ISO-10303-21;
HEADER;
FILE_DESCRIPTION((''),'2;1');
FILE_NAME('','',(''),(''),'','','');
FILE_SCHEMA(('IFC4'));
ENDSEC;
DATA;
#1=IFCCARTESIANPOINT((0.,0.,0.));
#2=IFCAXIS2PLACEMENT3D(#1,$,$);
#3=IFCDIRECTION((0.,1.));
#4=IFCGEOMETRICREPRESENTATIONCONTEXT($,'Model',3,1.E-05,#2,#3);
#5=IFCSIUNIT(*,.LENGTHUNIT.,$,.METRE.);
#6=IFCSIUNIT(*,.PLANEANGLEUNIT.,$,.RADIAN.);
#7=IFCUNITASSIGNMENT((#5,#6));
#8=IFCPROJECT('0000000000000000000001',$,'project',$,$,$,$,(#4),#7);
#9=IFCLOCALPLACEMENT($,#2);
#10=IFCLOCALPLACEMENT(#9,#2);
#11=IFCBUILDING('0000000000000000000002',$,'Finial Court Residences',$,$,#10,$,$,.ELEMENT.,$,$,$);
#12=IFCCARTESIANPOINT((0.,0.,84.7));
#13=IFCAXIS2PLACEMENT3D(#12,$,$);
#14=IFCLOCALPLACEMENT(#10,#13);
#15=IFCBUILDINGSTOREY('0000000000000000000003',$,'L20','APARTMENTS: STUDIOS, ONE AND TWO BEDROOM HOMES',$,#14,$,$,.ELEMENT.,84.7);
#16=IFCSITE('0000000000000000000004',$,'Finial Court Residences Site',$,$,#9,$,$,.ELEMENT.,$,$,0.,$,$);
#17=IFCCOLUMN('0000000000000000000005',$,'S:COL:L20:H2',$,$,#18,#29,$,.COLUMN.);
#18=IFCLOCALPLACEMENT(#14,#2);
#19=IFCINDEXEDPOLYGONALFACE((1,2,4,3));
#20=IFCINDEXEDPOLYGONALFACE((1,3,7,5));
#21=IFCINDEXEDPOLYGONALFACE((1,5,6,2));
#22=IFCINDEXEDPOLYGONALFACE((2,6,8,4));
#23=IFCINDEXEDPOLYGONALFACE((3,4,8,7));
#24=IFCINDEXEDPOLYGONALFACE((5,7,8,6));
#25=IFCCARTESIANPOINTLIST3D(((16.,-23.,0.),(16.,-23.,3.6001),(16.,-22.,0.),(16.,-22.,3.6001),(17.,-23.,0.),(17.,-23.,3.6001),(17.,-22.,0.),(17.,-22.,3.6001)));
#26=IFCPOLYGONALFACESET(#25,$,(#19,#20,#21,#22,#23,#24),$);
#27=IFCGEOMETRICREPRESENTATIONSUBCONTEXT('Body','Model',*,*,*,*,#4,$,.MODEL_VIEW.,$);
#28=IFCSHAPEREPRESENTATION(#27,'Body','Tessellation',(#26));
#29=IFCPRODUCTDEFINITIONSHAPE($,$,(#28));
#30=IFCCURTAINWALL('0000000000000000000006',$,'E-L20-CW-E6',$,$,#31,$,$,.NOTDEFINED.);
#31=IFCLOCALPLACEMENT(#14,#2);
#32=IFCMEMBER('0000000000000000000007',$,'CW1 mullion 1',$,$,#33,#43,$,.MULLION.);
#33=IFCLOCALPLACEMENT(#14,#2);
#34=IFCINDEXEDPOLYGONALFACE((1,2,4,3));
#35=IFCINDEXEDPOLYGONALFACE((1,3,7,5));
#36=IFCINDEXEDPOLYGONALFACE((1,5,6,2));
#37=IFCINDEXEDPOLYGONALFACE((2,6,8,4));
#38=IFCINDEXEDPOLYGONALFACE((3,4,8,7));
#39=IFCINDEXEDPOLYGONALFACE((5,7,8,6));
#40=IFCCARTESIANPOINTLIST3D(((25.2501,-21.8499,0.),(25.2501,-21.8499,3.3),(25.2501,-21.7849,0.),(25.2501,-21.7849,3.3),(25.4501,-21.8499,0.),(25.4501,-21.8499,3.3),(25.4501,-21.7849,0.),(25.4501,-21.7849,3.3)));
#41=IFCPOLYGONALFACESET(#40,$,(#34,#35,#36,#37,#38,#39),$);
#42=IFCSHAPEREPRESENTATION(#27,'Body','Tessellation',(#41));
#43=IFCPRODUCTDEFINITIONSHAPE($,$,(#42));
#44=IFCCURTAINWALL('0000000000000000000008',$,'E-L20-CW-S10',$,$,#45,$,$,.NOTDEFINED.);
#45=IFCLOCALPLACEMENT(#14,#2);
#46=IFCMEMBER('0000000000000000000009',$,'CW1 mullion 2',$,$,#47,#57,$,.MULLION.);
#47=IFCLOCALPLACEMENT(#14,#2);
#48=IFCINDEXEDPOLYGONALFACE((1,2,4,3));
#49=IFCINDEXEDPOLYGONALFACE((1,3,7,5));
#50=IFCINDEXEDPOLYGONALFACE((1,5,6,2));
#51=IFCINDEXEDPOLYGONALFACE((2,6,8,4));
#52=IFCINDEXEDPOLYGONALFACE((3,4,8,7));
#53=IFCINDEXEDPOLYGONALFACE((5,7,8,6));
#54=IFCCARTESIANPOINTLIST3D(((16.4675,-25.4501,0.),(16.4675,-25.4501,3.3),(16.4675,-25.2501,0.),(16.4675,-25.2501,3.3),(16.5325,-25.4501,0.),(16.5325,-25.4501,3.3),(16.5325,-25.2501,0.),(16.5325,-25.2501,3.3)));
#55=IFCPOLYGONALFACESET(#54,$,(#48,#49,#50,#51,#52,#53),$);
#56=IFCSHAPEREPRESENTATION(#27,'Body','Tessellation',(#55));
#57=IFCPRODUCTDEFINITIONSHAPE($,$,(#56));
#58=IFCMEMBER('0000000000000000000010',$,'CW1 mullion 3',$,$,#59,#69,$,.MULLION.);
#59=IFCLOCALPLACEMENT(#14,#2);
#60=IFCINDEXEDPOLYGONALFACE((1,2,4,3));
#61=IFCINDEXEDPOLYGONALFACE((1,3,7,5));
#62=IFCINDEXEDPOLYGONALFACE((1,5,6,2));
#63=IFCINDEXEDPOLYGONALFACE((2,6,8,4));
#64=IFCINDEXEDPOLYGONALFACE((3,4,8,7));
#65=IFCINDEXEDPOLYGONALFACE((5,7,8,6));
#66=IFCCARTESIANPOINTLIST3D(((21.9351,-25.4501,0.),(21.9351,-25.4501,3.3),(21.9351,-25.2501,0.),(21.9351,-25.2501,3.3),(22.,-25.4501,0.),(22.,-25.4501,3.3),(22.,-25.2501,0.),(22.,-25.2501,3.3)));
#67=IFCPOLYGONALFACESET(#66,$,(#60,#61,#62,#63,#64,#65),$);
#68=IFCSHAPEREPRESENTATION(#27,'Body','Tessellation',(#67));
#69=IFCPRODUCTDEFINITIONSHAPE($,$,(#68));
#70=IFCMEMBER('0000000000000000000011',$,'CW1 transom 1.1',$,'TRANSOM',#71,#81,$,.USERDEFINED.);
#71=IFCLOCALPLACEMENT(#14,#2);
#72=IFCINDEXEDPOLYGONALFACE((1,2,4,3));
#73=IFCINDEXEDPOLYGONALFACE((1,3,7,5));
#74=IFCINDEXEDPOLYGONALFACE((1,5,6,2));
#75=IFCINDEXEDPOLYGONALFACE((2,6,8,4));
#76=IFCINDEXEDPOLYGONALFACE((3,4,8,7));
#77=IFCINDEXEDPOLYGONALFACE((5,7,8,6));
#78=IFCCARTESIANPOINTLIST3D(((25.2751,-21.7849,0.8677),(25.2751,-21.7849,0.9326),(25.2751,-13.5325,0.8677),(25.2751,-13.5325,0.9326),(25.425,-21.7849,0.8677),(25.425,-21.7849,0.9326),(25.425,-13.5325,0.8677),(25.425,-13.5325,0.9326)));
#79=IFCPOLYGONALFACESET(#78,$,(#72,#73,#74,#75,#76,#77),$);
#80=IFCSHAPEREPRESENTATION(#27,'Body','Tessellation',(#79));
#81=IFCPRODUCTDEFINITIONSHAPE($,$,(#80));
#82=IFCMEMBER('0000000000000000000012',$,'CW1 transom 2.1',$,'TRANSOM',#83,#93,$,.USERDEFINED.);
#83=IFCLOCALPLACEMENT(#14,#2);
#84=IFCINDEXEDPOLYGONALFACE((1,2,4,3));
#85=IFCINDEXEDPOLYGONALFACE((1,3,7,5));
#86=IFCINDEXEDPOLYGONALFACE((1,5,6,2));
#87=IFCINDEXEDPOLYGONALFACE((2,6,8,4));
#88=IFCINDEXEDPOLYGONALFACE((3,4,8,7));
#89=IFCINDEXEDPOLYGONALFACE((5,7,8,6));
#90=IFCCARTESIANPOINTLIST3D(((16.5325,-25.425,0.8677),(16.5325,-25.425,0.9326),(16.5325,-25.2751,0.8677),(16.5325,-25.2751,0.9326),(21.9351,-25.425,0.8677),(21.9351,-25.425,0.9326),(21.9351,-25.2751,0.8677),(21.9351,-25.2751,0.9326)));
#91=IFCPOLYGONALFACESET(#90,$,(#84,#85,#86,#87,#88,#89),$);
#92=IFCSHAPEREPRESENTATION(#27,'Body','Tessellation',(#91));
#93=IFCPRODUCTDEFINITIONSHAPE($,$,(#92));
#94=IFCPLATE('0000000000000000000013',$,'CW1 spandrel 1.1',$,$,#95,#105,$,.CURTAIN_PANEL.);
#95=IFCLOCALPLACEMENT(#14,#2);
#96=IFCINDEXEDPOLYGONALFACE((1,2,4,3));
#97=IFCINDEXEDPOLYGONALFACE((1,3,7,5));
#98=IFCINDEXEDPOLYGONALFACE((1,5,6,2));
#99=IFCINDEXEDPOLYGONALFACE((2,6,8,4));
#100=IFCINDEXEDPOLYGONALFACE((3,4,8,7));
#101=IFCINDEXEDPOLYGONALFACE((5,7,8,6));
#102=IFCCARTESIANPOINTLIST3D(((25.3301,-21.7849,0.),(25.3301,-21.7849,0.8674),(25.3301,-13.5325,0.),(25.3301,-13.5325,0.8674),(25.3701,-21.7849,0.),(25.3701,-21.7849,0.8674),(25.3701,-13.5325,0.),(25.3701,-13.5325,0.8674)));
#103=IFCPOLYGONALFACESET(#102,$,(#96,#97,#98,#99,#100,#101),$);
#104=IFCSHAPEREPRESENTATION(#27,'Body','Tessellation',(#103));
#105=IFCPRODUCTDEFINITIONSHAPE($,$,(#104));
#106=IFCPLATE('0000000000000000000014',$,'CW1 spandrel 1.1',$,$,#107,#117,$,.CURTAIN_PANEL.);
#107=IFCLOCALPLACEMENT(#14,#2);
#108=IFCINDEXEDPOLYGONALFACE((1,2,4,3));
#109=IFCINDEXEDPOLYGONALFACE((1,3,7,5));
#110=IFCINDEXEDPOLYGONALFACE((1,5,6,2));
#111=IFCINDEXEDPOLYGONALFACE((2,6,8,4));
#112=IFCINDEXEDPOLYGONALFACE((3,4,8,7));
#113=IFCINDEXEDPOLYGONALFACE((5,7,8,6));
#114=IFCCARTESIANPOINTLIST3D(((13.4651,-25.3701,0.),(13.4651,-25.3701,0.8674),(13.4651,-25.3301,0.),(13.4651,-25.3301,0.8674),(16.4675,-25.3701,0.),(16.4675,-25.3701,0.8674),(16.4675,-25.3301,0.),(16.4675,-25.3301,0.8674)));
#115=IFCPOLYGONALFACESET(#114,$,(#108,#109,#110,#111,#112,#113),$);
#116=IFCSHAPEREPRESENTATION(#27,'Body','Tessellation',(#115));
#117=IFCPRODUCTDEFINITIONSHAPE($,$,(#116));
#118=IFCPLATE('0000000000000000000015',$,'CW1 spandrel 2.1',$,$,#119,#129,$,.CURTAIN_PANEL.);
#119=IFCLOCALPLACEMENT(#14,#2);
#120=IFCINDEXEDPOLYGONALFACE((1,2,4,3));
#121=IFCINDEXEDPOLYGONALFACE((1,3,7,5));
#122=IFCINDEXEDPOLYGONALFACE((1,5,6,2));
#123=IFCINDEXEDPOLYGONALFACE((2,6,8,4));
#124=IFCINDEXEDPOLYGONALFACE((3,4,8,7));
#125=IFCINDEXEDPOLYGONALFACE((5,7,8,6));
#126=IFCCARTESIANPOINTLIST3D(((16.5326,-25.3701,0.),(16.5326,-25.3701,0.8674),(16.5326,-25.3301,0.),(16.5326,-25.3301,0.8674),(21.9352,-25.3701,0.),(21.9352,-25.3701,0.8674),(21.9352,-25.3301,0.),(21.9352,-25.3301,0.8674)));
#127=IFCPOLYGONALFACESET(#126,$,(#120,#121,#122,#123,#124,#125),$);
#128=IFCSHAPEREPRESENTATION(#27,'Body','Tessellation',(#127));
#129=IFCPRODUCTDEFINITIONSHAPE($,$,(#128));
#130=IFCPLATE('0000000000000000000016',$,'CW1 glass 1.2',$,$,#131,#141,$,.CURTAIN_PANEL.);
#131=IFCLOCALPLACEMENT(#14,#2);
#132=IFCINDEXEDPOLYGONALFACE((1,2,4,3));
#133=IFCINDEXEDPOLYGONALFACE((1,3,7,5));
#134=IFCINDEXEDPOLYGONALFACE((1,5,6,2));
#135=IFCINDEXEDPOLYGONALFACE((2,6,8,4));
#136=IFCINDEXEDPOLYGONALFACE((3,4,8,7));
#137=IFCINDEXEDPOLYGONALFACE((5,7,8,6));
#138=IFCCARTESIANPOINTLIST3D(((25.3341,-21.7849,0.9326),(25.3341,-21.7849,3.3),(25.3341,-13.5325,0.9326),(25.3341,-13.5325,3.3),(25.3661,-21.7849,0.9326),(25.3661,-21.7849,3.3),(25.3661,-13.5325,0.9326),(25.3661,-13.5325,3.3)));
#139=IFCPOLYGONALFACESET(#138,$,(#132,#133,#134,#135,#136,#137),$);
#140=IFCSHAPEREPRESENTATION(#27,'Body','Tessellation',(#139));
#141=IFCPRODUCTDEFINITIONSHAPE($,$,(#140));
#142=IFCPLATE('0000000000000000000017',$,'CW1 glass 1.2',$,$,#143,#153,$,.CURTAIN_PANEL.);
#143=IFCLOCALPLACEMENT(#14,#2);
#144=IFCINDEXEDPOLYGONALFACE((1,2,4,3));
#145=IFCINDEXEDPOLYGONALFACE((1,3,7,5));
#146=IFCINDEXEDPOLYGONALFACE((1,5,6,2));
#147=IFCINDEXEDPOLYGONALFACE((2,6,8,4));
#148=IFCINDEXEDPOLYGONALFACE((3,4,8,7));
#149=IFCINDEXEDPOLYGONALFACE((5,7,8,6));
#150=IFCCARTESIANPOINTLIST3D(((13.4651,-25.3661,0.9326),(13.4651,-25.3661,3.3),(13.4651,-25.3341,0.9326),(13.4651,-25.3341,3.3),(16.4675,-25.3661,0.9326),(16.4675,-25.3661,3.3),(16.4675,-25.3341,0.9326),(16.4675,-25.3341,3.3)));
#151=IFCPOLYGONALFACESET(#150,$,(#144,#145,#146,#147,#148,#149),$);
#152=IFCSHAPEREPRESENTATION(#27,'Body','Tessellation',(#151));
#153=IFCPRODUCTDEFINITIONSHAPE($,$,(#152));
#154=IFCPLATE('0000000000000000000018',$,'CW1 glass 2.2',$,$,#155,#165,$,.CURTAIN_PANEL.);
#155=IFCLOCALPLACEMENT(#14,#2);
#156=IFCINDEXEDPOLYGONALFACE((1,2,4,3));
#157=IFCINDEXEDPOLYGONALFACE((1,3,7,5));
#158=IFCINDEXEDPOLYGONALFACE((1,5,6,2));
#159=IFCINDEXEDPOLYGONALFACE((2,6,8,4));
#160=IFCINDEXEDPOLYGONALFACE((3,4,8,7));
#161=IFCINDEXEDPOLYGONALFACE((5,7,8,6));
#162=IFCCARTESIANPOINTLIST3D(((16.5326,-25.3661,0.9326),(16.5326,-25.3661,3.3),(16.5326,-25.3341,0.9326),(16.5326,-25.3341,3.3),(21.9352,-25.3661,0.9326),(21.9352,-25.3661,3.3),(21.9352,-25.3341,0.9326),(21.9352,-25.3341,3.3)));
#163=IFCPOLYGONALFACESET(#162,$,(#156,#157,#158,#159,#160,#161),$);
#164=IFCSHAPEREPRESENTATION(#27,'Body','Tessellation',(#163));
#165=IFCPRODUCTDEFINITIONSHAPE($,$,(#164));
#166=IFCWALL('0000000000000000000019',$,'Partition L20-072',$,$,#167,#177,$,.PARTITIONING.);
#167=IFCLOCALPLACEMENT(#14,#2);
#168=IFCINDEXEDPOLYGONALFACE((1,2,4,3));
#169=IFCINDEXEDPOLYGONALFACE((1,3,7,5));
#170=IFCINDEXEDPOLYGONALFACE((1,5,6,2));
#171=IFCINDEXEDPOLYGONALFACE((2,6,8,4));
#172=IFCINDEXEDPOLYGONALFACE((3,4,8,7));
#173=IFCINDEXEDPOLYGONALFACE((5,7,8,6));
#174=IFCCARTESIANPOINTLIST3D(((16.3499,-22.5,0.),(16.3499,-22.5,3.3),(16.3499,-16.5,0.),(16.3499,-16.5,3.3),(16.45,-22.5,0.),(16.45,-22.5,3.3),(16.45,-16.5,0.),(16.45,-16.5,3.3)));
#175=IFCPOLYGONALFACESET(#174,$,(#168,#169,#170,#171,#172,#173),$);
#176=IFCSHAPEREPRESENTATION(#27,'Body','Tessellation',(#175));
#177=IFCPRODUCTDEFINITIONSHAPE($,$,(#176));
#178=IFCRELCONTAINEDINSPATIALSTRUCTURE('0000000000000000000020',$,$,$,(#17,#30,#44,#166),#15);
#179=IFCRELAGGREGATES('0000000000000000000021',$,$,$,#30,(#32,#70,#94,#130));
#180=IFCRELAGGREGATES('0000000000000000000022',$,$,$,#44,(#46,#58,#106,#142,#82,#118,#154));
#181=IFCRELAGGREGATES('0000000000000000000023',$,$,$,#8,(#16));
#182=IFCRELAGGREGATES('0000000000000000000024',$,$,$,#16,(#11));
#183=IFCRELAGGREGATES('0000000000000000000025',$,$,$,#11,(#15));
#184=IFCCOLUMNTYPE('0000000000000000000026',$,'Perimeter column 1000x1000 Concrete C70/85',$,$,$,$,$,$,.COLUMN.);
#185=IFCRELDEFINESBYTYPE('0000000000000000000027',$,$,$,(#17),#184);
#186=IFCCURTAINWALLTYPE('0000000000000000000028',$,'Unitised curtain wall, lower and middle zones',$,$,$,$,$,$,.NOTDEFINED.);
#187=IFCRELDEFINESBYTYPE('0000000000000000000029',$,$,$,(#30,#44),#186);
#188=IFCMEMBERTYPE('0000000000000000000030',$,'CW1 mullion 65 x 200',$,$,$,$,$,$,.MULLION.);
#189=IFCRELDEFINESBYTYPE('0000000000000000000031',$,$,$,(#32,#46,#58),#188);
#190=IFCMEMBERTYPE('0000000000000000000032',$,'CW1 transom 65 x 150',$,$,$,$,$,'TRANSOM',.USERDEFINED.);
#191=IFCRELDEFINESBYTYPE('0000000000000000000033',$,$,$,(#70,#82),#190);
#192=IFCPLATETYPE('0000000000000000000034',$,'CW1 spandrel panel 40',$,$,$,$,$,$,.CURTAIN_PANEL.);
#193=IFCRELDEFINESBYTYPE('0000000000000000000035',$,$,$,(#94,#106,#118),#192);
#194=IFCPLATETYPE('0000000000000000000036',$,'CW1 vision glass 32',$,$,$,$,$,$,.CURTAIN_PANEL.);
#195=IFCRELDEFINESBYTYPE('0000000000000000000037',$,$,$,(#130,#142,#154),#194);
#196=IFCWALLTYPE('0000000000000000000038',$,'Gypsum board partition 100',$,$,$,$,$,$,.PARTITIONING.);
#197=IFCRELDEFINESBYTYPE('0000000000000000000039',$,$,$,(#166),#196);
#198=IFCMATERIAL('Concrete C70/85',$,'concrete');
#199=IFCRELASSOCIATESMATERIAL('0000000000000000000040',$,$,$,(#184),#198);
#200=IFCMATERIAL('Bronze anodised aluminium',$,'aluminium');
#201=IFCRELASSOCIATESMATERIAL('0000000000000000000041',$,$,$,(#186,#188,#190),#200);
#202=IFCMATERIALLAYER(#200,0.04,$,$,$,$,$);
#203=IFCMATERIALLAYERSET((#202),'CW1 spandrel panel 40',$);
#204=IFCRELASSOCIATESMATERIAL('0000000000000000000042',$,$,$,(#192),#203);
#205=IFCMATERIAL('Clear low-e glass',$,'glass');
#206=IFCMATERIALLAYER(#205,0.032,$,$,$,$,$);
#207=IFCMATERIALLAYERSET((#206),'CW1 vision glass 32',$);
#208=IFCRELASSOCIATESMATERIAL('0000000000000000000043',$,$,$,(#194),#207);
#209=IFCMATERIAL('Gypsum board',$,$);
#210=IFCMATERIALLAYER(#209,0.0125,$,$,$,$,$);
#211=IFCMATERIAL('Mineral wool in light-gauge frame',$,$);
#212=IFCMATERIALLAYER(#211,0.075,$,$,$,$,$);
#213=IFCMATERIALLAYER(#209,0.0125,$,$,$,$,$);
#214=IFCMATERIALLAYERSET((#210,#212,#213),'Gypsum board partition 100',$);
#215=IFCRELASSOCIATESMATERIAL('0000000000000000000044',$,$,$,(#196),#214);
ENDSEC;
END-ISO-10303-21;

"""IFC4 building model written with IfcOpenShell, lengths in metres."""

from ifc_helpers import new_model, si_unit, direction, frame, frame_2d, origin, origin_2d, place, context, subcontext, project, spatial, rectangle, extrude, material, layer, layer_set, material_profile, profile_set, type_object, element, aggregate, save


model = new_model("IFC4")

# Units and contexts
model_context = context("Model", 3, precision=1e-05, world=origin(), true_north=direction((0.0, 1.0)))
body_context = subcontext(model_context, "Body", "Model", "MODEL_VIEW")
ifc_project = project(units=[si_unit("LENGTHUNIT", "METRE"), si_unit("PLANEANGLEUNIT", "RADIAN")], contexts=[model_context])

# Site, building, storey
site_placement = place(None, origin())
site = spatial("IfcSite", under=ifc_project, at=site_placement, Name="Finial Court Residences Site", CompositionType="ELEMENT", RefElevation=0.0)
building_placement = place(site_placement, origin())
building = spatial("IfcBuilding", under=site, at=building_placement, Name="Finial Court Residences", CompositionType="ELEMENT")
storey_placement = place(building_placement, frame((0.0, 0.0, 84.7)))
storey = spatial("IfcBuildingStorey", under=building, at=storey_placement, Name="L20", Description="APARTMENTS: STUDIOS, ONE AND TWO BEDROOM HOMES", CompositionType="ELEMENT", Elevation=84.7)

# Column
ifc_material_1 = material(Name="Concrete C70/85", Category="concrete")
ifc_material_profile_1 = material_profile(ifc_material_1, rectangle(XDim=1.0, YDim=1.0, at=origin_2d()), Name="1000x1000")
ifc_profile_set_1 = profile_set([ifc_material_profile_1], Name="Concrete C70/85")
column_type = type_object("IfcColumnType", Name="Perimeter column 1000x1000 Concrete C70/85", PredefinedType="COLUMN", material=ifc_profile_set_1)
column_placement = place(storey_placement, frame((16.5, -22.5, 0.0), z_axis=(0.0, 0.0, 1.0), x_axis=(1.0, 0.0, 0.0)))
element("IfcColumn", 1, at=column_placement, inside=storey, type_object=column_type, Name="S:COL:L20:H2", PredefinedType="COLUMN", context=body_context, shape_type="SweptSolid", body=[
    extrude(rectangle(XDim=1.0, YDim=1.0, at=origin_2d()), origin(), (0.0, 0.0, 1.0), 3.6001),
])

# Curtain wall, member
ifc_material_2 = material(Name="Bronze anodised aluminium", Category="aluminium")
curtain_wall_type = type_object("IfcCurtainWallType", Name="Unitised curtain wall, lower and middle zones", PredefinedType="NOTDEFINED", material=ifc_material_2)
curtain_wall_1_placement = place(storey_placement, origin())
curtain_wall_1 = element("IfcCurtainWall", 2, at=curtain_wall_1_placement, inside=storey, type_object=curtain_wall_type, Name="E-L20-CW-E6", PredefinedType="NOTDEFINED")
ifc_material_profile_2 = material_profile(ifc_material_2, rectangle(XDim=0.2, YDim=0.0649, at=origin_2d()), Name="CW1 mullion 65 x 200")
ifc_profile_set_2 = profile_set([ifc_material_profile_2], Name="Bronze anodised aluminium")
member_type_1 = type_object("IfcMemberType", Name="CW1 mullion 65 x 200", PredefinedType="MULLION", material=ifc_profile_set_2)
member_1_placement = place(storey_placement, frame((25.3501, -21.8174, 0.0), z_axis=(0.0, 0.0, 1.0), x_axis=(-1.0, 0.0, 0.0)))
member_1 = element("IfcMember", 3, at=member_1_placement, type_object=member_type_1, Name="CW1 mullion 1", PredefinedType="MULLION", context=body_context, shape_type="SweptSolid", body=[
    extrude(rectangle(XDim=0.2, YDim=0.0649, at=origin_2d()), origin(), (0.0, 0.0, 1.0), 3.3),
])

# Curtain wall, members
curtain_wall_2_placement = place(storey_placement, origin())
curtain_wall_2 = element("IfcCurtainWall", 4, at=curtain_wall_2_placement, inside=storey, type_object=curtain_wall_type, Name="E-L20-CW-S10", PredefinedType="NOTDEFINED")
member_2_placement = place(storey_placement, frame((16.5, -25.3501, 0.0), z_axis=(0.0, 0.0, 1.0), x_axis=(0.0, 1.0, 0.0)))
member_2 = element("IfcMember", 5, at=member_2_placement, type_object=member_type_1, Name="CW1 mullion 2", PredefinedType="MULLION", context=body_context, shape_type="SweptSolid", body=[
    extrude(rectangle(XDim=0.2, YDim=0.0649, at=origin_2d()), origin(), (0.0, 0.0, 1.0), 3.3),
])
member_3_placement = place(storey_placement, frame((21.9675, -25.3501, 0.0), z_axis=(0.0, 0.0, 1.0), x_axis=(0.0, 1.0, 0.0)))
member_3 = element("IfcMember", 6, at=member_3_placement, type_object=member_type_1, Name="CW1 mullion 3", PredefinedType="MULLION", context=body_context, shape_type="SweptSolid", body=[
    extrude(rectangle(XDim=0.2, YDim=0.0649, at=origin_2d()), origin(), (0.0, 0.0, 1.0), 3.3),
])

# Members
ifc_material_profile_3 = material_profile(ifc_material_2, rectangle(XDim=0.1499, YDim=0.0649, at=origin_2d()), Name="CW1 transom 65 x 150")
ifc_profile_set_3 = profile_set([ifc_material_profile_3], Name="Bronze anodised aluminium")
member_type_2 = type_object("IfcMemberType", Name="CW1 transom 65 x 150", ElementType="TRANSOM", PredefinedType="USERDEFINED", material=ifc_profile_set_3)
member_4_placement = place(storey_placement, frame((25.3501, -21.7849, 0.9001), z_axis=(0.0, 1.0, 0.0), x_axis=(-1.0, 0.0, 0.0)))
member_4 = element("IfcMember", 7, at=member_4_placement, type_object=member_type_2, Name="CW1 transom 1.1", ObjectType="TRANSOM", PredefinedType="USERDEFINED", context=body_context, shape_type="SweptSolid", body=[
    extrude(rectangle(XDim=0.1499, YDim=0.0649, at=origin_2d()), origin(), (0.0, 0.0, 1.0), 8.2524),
])
member_5_placement = place(storey_placement, frame((16.5325, -25.3501, 0.9001), z_axis=(1.0, 0.0, 0.0), x_axis=(0.0, 1.0, 0.0)))
member_5 = element("IfcMember", 8, at=member_5_placement, type_object=member_type_2, Name="CW1 transom 2.1", ObjectType="TRANSOM", PredefinedType="USERDEFINED", context=body_context, shape_type="SweptSolid", body=[
    extrude(rectangle(XDim=0.1499, YDim=0.0649, at=origin_2d()), origin(), (0.0, 0.0, 1.0), 5.4026),
])

# Plates
ifc_layer_1 = layer(ifc_material_2, 0.04)
ifc_layer_set_1 = layer_set([ifc_layer_1], Name="CW1 spandrel panel 40")
plate_type_1 = type_object("IfcPlateType", Name="CW1 spandrel panel 40", PredefinedType="CURTAIN_PANEL", material=ifc_layer_set_1)
plate_1_placement = place(storey_placement, frame((25.3501, -17.6587, 0.0), z_axis=(0.0, 0.0, 1.0), x_axis=(0.0, 1.0, 0.0)))
plate_1 = element("IfcPlate", 9, at=plate_1_placement, type_object=plate_type_1, Name="CW1 spandrel 1.1", PredefinedType="CURTAIN_PANEL", context=body_context, shape_type="SweptSolid", body=[
    extrude(rectangle(XDim=8.2524, YDim=0.04, at=origin_2d()), origin(), (0.0, 0.0, 1.0), 0.8674),
])
plate_2_placement = place(storey_placement, frame((14.9663, -25.3501, 0.0), z_axis=(0.0, 0.0, 1.0), x_axis=(1.0, 0.0, 0.0)))
plate_2 = element("IfcPlate", 10, at=plate_2_placement, type_object=plate_type_1, Name="CW1 spandrel 1.1", PredefinedType="CURTAIN_PANEL", context=body_context, shape_type="SweptSolid", body=[
    extrude(rectangle(XDim=3.0024, YDim=0.04, at=origin_2d()), origin(), (0.0, 0.0, 1.0), 0.8674),
])
plate_3_placement = place(storey_placement, frame((19.2339, -25.3501, 0.0), z_axis=(0.0, 0.0, 1.0), x_axis=(1.0, 0.0, 0.0)))
plate_3 = element("IfcPlate", 11, at=plate_3_placement, type_object=plate_type_1, Name="CW1 spandrel 2.1", PredefinedType="CURTAIN_PANEL", context=body_context, shape_type="SweptSolid", body=[
    extrude(rectangle(XDim=5.4026, YDim=0.04, at=origin_2d()), origin(), (0.0, 0.0, 1.0), 0.8674),
])
ifc_material_3 = material(Name="Clear low-e glass", Category="glass")
ifc_layer_2 = layer(ifc_material_3, 0.032)
ifc_layer_set_2 = layer_set([ifc_layer_2], Name="CW1 vision glass 32")
plate_type_2 = type_object("IfcPlateType", Name="CW1 vision glass 32", PredefinedType="CURTAIN_PANEL", material=ifc_layer_set_2)
plate_4_placement = place(storey_placement, frame((25.3501, -17.6587, 0.9326), z_axis=(0.0, 0.0, 1.0), x_axis=(0.0, 1.0, 0.0)))
plate_4 = element("IfcPlate", 12, at=plate_4_placement, type_object=plate_type_2, Name="CW1 glass 1.2", PredefinedType="CURTAIN_PANEL", context=body_context, shape_type="SweptSolid", body=[
    extrude(rectangle(XDim=8.2524, YDim=0.032, at=origin_2d()), origin(), (0.0, 0.0, 1.0), 2.3674),
])
aggregate(curtain_wall_1, [member_1, member_4, plate_1, plate_4])
plate_5_placement = place(storey_placement, frame((14.9663, -25.3501, 0.9326), z_axis=(0.0, 0.0, 1.0), x_axis=(1.0, 0.0, 0.0)))
plate_5 = element("IfcPlate", 13, at=plate_5_placement, type_object=plate_type_2, Name="CW1 glass 1.2", PredefinedType="CURTAIN_PANEL", context=body_context, shape_type="SweptSolid", body=[
    extrude(rectangle(XDim=3.0024, YDim=0.032, at=origin_2d()), origin(), (0.0, 0.0, 1.0), 2.3674),
])
plate_6_placement = place(storey_placement, frame((19.2339, -25.3501, 0.9326), z_axis=(0.0, 0.0, 1.0), x_axis=(1.0, 0.0, 0.0)))
plate_6 = element("IfcPlate", 14, at=plate_6_placement, type_object=plate_type_2, Name="CW1 glass 2.2", PredefinedType="CURTAIN_PANEL", context=body_context, shape_type="SweptSolid", body=[
    extrude(rectangle(XDim=5.4026, YDim=0.032, at=origin_2d()), origin(), (0.0, 0.0, 1.0), 2.3674),
])
aggregate(curtain_wall_2, [member_2, member_3, plate_2, plate_5, member_5, plate_3, plate_6])

# Wall
ifc_material_4 = material(Name="Gypsum board")
ifc_layer_3 = layer(ifc_material_4, 0.0125)
ifc_material_5 = material(Name="Mineral wool in light-gauge frame")
ifc_layer_4 = layer(ifc_material_5, 0.075)
ifc_layer_5 = layer(ifc_material_4, 0.0125)
ifc_layer_set_3 = layer_set([ifc_layer_3, ifc_layer_4, ifc_layer_5], Name="Gypsum board partition 100")
wall_type_1 = type_object("IfcWallType", Name="Gypsum board partition 100", PredefinedType="PARTITIONING", material=ifc_layer_set_3)
wall_1_placement = place(storey_placement, frame((16.3999, -22.5, 0.0), z_axis=(0.0, 0.0, 1.0), x_axis=(0.0, 1.0, 0.0)))
element("IfcWall", 15, at=wall_1_placement, inside=storey, type_object=wall_type_1, Name="Partition L20-072", PredefinedType="PARTITIONING", context=body_context, shape_type="SweptSolid", body=[
    extrude(rectangle(XDim=6.0, YDim=0.1001, at=frame_2d((3.0, 0.0))), origin(), (0.0, 0.0, 1.0), 3.3),
])

save(model, "model.ifc")
